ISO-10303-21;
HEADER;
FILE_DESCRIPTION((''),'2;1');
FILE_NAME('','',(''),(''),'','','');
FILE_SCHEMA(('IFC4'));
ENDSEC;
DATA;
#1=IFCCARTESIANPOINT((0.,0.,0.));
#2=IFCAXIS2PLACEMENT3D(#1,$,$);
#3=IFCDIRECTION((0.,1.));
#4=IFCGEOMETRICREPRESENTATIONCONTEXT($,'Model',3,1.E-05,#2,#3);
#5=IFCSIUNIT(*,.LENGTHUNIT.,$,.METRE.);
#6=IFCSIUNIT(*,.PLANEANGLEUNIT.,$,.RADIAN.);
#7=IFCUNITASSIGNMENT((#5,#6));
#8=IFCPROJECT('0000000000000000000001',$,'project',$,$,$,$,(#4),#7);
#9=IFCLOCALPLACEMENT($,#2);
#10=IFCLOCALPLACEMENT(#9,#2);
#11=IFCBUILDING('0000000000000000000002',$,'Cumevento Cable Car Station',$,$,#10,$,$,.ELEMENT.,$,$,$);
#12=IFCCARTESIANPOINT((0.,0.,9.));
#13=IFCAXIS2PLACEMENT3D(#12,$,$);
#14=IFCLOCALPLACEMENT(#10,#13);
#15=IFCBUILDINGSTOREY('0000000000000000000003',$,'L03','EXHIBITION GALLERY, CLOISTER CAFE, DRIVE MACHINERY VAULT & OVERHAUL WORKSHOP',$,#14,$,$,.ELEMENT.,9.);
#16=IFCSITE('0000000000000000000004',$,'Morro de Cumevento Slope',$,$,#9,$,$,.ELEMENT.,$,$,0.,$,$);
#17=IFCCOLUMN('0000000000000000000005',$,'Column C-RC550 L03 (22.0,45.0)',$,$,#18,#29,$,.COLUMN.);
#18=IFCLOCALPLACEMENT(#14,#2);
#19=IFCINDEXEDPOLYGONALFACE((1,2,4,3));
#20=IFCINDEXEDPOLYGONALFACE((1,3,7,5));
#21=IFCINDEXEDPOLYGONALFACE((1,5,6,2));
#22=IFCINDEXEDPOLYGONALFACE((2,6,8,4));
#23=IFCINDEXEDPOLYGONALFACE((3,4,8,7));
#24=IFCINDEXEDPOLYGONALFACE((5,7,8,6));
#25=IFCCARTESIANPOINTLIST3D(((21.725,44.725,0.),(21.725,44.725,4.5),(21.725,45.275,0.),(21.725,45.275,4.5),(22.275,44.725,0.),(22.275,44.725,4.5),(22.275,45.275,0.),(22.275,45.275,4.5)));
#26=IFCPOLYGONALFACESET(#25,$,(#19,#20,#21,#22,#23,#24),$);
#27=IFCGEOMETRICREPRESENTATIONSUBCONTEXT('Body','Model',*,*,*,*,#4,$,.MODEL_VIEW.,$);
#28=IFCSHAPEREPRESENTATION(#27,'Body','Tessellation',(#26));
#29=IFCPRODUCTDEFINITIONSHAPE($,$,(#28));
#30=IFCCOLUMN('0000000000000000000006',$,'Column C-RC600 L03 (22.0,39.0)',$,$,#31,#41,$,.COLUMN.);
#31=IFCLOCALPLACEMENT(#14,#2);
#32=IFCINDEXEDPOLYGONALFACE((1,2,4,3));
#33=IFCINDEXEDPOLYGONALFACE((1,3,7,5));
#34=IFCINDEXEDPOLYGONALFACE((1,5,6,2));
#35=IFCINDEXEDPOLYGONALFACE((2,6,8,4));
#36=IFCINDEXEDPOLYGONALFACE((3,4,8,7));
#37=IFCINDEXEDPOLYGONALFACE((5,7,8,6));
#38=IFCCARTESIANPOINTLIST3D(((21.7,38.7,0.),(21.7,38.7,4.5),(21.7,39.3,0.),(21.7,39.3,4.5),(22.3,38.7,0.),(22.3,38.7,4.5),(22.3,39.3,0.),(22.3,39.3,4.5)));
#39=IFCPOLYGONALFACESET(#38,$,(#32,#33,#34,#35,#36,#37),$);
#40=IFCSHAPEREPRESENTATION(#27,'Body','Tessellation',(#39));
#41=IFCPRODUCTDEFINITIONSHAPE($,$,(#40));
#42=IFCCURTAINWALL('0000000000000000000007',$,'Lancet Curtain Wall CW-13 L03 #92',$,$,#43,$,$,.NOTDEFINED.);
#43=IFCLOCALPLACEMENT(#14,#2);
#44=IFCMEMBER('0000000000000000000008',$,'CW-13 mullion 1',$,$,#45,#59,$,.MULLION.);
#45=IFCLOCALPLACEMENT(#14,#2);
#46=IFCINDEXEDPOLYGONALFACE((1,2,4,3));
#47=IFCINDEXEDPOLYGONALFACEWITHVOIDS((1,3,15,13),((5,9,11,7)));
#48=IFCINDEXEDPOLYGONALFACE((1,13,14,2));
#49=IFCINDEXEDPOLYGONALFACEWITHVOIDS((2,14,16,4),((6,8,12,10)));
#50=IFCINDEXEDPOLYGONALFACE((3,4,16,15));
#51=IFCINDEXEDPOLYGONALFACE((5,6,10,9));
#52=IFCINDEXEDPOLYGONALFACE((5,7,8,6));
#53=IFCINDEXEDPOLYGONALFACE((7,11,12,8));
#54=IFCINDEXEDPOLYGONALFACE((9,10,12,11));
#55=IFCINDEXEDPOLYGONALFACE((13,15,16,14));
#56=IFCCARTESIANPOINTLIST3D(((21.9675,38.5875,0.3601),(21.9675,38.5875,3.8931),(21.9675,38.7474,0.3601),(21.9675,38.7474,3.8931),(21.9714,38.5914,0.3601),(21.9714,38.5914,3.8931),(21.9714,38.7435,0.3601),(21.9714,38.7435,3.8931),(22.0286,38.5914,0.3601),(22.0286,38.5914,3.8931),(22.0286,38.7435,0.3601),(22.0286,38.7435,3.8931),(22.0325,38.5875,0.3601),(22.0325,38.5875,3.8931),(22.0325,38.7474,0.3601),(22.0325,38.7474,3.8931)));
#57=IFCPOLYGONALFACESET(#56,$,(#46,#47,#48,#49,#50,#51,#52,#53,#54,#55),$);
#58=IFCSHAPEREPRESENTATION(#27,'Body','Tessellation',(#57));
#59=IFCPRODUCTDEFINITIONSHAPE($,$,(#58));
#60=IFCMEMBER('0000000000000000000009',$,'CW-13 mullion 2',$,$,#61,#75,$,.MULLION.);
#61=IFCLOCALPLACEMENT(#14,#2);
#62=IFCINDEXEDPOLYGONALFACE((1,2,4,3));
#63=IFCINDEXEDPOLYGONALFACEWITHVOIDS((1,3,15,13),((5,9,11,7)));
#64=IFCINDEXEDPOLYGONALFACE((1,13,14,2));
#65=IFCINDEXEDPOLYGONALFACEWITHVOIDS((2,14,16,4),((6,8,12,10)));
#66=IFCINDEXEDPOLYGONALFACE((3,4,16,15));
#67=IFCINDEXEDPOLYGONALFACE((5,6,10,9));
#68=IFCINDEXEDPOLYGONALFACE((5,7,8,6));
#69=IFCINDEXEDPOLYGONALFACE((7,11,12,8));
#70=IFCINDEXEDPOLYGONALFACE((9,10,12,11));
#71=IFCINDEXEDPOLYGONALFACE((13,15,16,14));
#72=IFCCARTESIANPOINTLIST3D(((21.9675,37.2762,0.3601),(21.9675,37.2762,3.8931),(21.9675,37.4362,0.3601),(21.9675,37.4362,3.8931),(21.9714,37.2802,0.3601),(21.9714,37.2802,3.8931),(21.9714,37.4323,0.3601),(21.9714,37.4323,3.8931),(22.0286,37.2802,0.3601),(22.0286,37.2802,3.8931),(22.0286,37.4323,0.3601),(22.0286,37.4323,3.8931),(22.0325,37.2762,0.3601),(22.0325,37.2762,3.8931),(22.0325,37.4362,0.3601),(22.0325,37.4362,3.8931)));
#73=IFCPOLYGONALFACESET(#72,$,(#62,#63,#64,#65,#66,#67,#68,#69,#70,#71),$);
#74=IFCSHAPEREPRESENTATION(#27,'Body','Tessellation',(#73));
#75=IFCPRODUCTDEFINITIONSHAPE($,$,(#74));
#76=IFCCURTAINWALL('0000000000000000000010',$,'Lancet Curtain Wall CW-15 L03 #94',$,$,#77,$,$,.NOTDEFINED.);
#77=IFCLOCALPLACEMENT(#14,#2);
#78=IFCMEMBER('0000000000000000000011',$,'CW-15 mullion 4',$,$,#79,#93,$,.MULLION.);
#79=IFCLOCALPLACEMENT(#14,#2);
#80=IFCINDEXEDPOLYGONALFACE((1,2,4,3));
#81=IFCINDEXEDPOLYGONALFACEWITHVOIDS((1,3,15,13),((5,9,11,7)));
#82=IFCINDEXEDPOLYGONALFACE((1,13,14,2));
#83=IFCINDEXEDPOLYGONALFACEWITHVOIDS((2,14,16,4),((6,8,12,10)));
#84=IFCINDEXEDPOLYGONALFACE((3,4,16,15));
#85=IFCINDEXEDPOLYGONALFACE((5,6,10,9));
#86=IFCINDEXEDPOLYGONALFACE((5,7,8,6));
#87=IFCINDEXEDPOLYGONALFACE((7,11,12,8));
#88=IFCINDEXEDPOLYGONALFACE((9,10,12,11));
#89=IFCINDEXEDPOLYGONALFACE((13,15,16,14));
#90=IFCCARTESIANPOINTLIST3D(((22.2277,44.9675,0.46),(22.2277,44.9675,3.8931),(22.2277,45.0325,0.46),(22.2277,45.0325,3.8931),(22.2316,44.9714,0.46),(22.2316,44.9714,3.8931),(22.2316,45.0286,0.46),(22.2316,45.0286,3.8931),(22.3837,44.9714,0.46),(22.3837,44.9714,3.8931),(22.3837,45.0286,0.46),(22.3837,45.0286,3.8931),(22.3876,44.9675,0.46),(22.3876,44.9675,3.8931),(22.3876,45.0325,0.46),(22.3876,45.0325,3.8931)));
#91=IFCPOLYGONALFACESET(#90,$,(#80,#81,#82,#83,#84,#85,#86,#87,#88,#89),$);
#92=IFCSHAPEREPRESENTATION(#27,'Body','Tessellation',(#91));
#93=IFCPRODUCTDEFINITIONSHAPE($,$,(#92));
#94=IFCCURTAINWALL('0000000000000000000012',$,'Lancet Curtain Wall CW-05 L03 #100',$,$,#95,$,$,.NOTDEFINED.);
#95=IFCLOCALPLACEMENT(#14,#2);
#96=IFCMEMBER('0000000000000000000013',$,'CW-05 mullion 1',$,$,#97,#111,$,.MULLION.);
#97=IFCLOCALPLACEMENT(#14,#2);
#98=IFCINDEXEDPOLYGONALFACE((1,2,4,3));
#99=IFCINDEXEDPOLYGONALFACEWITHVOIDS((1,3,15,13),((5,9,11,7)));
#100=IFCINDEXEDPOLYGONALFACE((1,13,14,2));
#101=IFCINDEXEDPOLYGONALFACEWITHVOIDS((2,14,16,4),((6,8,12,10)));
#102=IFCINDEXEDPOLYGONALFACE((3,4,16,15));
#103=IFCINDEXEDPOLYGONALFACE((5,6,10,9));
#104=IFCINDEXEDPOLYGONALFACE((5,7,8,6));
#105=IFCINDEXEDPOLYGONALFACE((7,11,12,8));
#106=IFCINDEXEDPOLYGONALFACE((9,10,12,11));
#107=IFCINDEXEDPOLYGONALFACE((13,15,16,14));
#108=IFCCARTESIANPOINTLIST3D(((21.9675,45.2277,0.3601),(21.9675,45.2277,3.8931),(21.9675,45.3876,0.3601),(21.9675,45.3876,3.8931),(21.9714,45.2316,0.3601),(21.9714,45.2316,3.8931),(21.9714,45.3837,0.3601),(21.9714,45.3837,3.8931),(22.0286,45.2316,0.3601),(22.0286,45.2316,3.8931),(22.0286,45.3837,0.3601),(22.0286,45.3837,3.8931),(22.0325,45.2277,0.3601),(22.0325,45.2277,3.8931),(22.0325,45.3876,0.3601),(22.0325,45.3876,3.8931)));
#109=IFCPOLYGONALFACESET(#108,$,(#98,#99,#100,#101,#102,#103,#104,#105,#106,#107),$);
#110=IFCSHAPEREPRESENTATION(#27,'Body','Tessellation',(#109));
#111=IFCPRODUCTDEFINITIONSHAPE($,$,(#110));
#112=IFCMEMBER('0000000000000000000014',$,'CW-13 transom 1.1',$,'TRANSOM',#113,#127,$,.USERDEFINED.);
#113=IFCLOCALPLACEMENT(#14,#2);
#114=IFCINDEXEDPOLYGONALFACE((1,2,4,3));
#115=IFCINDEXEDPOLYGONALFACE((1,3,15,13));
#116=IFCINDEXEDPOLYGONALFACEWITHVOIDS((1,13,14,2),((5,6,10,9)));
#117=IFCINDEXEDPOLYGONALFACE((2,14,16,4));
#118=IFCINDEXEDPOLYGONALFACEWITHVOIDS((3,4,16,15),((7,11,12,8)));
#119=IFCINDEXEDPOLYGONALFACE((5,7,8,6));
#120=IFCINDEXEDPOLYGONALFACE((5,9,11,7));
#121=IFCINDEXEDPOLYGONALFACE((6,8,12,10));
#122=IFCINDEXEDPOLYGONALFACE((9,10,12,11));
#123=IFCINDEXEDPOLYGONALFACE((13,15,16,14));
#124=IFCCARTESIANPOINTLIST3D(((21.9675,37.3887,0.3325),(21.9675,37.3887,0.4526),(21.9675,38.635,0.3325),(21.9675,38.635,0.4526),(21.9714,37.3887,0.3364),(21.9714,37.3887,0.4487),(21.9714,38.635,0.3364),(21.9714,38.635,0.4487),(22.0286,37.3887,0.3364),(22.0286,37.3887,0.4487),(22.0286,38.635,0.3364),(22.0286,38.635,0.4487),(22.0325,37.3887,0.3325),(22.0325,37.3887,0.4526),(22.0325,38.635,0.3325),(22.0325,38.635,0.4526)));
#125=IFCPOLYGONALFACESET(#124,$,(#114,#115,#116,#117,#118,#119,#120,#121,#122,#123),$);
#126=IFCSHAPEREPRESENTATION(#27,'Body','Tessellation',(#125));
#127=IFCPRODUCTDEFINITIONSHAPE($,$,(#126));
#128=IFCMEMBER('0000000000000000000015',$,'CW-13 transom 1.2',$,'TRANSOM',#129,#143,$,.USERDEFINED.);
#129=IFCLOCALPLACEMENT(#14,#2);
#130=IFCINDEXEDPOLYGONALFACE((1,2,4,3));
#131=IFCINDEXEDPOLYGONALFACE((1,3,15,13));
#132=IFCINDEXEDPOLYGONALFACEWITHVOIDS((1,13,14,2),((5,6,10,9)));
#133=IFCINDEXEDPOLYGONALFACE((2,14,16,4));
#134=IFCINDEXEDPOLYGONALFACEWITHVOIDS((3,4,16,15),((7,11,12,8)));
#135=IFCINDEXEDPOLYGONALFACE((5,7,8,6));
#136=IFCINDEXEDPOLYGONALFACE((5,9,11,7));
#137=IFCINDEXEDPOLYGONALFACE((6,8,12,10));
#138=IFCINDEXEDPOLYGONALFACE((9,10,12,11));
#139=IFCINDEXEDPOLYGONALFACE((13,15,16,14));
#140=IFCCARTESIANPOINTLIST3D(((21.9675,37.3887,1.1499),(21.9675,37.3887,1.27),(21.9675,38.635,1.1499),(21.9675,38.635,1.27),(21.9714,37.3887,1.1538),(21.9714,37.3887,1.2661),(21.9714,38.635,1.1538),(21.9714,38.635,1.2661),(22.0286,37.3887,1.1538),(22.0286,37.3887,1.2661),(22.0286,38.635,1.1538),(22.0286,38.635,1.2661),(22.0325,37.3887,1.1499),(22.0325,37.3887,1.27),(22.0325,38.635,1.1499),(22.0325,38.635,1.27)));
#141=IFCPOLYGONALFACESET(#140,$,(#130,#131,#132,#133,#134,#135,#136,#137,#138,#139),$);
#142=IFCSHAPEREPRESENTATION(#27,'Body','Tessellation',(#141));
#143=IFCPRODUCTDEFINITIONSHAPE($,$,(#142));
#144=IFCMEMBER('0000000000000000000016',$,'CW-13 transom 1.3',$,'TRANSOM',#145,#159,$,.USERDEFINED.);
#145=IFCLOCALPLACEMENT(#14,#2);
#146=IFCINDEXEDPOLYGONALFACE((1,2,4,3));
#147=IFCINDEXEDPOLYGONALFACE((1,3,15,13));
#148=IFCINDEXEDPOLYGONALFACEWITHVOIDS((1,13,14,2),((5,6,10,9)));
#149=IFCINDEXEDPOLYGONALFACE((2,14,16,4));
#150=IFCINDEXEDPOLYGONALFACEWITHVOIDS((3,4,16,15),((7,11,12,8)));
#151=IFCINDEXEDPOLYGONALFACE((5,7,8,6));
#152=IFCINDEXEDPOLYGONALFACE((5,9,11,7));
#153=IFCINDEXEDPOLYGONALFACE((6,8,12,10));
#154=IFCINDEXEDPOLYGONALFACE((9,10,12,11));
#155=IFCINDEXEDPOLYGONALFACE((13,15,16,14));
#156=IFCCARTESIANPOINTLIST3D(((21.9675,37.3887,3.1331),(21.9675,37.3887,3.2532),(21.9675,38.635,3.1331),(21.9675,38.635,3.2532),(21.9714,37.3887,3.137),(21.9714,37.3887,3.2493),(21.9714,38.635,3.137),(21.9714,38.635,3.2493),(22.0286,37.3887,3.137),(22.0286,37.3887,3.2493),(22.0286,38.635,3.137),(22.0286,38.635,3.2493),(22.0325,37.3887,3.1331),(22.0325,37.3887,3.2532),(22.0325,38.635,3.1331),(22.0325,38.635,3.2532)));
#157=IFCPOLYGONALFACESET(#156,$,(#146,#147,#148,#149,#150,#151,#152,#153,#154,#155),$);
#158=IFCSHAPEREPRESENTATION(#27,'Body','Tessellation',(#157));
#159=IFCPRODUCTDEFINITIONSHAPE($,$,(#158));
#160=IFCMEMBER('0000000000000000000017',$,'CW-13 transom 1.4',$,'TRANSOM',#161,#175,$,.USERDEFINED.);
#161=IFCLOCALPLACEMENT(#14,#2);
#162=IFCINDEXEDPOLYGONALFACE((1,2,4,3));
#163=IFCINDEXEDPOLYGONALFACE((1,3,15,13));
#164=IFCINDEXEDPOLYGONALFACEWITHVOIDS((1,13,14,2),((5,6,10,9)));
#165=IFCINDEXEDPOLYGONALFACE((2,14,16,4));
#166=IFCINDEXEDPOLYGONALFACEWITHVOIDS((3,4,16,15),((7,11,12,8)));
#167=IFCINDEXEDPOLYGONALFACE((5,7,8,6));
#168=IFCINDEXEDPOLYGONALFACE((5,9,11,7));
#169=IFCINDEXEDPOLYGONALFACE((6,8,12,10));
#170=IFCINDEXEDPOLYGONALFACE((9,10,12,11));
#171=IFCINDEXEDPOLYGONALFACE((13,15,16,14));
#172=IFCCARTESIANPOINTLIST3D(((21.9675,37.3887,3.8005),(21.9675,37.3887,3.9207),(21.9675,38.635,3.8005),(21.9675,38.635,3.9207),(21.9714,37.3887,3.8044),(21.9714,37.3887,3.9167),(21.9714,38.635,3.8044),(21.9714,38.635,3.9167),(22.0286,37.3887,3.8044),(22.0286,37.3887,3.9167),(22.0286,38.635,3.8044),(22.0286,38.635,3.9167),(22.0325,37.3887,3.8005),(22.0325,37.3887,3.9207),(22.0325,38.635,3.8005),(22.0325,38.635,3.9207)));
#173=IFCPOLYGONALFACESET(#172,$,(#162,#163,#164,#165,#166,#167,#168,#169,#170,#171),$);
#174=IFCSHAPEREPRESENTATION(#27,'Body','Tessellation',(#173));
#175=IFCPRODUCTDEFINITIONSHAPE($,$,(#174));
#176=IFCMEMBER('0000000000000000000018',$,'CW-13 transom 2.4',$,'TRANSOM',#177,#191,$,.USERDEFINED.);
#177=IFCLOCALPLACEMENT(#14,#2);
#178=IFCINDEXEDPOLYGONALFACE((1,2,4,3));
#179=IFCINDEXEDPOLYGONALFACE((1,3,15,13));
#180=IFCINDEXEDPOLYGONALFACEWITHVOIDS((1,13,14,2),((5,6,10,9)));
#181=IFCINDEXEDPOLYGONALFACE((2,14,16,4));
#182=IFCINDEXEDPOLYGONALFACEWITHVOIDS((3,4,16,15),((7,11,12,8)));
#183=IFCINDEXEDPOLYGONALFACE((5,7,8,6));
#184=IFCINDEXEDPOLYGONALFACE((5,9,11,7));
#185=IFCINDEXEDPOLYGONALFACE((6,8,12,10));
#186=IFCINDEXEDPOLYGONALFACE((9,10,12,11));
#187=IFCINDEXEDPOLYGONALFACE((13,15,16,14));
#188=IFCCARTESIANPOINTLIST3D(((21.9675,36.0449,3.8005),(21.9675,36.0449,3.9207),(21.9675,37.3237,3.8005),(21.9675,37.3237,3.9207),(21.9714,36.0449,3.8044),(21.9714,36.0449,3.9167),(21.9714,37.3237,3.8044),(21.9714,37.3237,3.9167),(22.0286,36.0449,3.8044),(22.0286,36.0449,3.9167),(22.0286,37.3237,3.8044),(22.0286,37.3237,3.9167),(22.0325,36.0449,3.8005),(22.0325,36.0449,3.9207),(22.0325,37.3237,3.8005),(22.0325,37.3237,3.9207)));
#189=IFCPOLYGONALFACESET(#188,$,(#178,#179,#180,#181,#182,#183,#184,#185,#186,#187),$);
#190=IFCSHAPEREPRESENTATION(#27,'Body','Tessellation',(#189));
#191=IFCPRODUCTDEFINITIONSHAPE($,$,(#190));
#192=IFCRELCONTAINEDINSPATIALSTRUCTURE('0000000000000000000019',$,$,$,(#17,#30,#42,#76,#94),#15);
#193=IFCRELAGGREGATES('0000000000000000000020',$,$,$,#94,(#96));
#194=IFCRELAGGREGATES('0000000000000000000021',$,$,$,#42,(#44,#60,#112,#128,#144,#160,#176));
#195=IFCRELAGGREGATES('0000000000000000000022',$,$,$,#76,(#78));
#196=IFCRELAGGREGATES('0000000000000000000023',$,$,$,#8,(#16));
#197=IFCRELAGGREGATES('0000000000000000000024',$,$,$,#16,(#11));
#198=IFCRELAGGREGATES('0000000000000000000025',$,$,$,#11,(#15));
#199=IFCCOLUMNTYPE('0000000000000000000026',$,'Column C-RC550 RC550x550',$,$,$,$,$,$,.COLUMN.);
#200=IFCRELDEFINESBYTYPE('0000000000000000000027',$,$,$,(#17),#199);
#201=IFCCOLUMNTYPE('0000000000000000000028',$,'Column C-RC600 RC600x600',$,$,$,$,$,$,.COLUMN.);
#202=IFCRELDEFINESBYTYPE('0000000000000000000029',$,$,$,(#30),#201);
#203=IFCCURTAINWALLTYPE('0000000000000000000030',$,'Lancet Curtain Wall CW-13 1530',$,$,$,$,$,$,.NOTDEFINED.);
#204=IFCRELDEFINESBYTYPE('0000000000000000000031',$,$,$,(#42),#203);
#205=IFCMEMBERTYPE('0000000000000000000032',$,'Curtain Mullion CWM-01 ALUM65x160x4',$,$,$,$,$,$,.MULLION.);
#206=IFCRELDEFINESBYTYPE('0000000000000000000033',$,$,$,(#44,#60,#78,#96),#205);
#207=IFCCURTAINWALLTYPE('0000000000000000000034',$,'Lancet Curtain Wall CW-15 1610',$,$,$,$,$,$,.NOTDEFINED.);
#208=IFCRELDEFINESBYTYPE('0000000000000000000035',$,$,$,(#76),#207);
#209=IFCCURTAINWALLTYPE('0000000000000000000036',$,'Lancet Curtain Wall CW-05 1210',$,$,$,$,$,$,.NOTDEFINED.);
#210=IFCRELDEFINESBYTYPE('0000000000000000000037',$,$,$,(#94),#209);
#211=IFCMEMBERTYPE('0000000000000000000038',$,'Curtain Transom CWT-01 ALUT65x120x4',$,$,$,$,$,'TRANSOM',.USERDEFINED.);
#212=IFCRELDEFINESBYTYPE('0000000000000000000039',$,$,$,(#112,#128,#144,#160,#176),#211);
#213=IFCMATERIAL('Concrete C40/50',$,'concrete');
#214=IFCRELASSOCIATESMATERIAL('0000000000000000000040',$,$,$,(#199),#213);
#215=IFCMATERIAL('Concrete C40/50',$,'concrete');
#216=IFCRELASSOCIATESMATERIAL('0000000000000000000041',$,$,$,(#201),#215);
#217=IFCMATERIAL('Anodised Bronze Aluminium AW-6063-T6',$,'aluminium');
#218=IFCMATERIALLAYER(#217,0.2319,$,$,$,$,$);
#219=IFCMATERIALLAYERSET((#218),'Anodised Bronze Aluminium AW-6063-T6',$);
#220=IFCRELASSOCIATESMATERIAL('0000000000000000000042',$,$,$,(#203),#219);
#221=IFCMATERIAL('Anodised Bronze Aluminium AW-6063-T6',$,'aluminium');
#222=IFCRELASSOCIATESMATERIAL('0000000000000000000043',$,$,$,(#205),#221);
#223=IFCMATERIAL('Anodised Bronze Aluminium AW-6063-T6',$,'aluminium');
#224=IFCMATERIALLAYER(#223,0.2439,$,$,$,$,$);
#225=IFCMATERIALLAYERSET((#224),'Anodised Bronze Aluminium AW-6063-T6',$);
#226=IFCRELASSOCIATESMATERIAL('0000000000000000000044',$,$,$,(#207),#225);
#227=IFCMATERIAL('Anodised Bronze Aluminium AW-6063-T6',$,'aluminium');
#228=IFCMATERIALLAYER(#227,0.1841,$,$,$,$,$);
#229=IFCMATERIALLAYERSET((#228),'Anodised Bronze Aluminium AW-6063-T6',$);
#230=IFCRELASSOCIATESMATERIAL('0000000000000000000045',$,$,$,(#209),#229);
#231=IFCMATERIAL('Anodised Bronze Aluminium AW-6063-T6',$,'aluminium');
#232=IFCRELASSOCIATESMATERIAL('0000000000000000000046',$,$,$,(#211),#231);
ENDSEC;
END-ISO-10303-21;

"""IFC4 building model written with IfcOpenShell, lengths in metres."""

from ifc_helpers import new_model, si_unit, direction, frame, origin, origin_2d, place, context, subcontext, project, spatial, rectangle, hollow_rectangle, extrude, material, layer, layer_set, material_profile, profile_set, type_object, element, aggregate, save


model = new_model("IFC4")

# Units and contexts
model_context = context("Model", 3, precision=1e-05, world=origin(), true_north=direction((0.0, 1.0)))
body_context = subcontext(model_context, "Body", "Model", "MODEL_VIEW")
ifc_project = project(units=[si_unit("LENGTHUNIT", "METRE"), si_unit("PLANEANGLEUNIT", "RADIAN")], contexts=[model_context])

# Site, building, storey
site_placement = place(None, origin())
site = spatial("IfcSite", under=ifc_project, at=site_placement, Name="Morro de Cumevento Slope", CompositionType="ELEMENT", RefElevation=0.0)
building_placement = place(site_placement, origin())
building = spatial("IfcBuilding", under=site, at=building_placement, Name="Cumevento Cable Car Station", CompositionType="ELEMENT")
storey_placement = place(building_placement, frame((0.0, 0.0, 9.0)))
storey = spatial("IfcBuildingStorey", under=building, at=storey_placement, Name="L03", Description="EXHIBITION GALLERY, CLOISTER CAFE, DRIVE MACHINERY VAULT & OVERHAUL WORKSHOP", CompositionType="ELEMENT", Elevation=9.0)

# Columns
ifc_material_1 = material(Name="Concrete C40/50", Category="concrete")
ifc_material_profile_1 = material_profile(ifc_material_1, rectangle(XDim=0.55, YDim=0.55, at=origin_2d()), Name="RC550x550")
ifc_profile_set_1 = profile_set([ifc_material_profile_1], Name="Concrete C40/50")
column_type_1 = type_object("IfcColumnType", Name="Column C-RC550 RC550x550", PredefinedType="COLUMN", material=ifc_profile_set_1)
column_1_placement = place(storey_placement, frame((22.0, 45.0, 0.0), z_axis=(0.0, 0.0, 1.0), x_axis=(1.0, 0.0, 0.0)))
element("IfcColumn", 1, at=column_1_placement, inside=storey, type_object=column_type_1, Name="Column C-RC550 L03 (22.0,45.0)", PredefinedType="COLUMN", context=body_context, shape_type="SweptSolid", body=[
    extrude(rectangle(XDim=0.55, YDim=0.55, at=origin_2d()), origin(), (0.0, 0.0, 1.0), 4.5),
])
ifc_material_2 = material(Name="Concrete C40/50", Category="concrete")
ifc_material_profile_2 = material_profile(ifc_material_2, rectangle(XDim=0.6001, YDim=0.6001, at=origin_2d()), Name="RC600x600")
ifc_profile_set_2 = profile_set([ifc_material_profile_2], Name="Concrete C40/50")
column_type_2 = type_object("IfcColumnType", Name="Column C-RC600 RC600x600", PredefinedType="COLUMN", material=ifc_profile_set_2)
column_2_placement = place(storey_placement, frame((22.0, 39.0, 0.0), z_axis=(0.0, 0.0, 1.0), x_axis=(1.0, 0.0, 0.0)))
element("IfcColumn", 2, at=column_2_placement, inside=storey, type_object=column_type_2, Name="Column C-RC600 L03 (22.0,39.0)", PredefinedType="COLUMN", context=body_context, shape_type="SweptSolid", body=[
    extrude(rectangle(XDim=0.6001, YDim=0.6001, at=origin_2d()), origin(), (0.0, 0.0, 1.0), 4.5),
])

# Curtain wall, members
ifc_material_3 = material(Name="Anodised Bronze Aluminium AW-6063-T6", Category="aluminium")
ifc_layer_1 = layer(ifc_material_3, 0.2319)
ifc_layer_set_1 = layer_set([ifc_layer_1], Name="Anodised Bronze Aluminium AW-6063-T6")
curtain_wall_type_1 = type_object("IfcCurtainWallType", Name="Lancet Curtain Wall CW-13 1530", PredefinedType="NOTDEFINED", material=ifc_layer_set_1)
curtain_wall_1_placement = place(storey_placement, origin())
curtain_wall_1 = element("IfcCurtainWall", 3, at=curtain_wall_1_placement, inside=storey, type_object=curtain_wall_type_1, Name="Lancet Curtain Wall CW-13 L03 #92", PredefinedType="NOTDEFINED")
ifc_material_4 = material(Name="Anodised Bronze Aluminium AW-6063-T6", Category="aluminium")
ifc_material_profile_3 = material_profile(ifc_material_4, hollow_rectangle(XDim=0.0649, YDim=0.1599, WallThickness=0.0039, at=origin_2d()), Name="ALUM65x160x4")
ifc_profile_set_3 = profile_set([ifc_material_profile_3], Name="Anodised Bronze Aluminium AW-6063-T6")
member_type_1 = type_object("IfcMemberType", Name="Curtain Mullion CWM-01 ALUM65x160x4", PredefinedType="MULLION", material=ifc_profile_set_3)
member_1_placement = place(storey_placement, frame((22.0, 38.6675, 0.3601), z_axis=(0.0, 0.0, 1.0), x_axis=(1.0, 0.0, 0.0)))
member_1 = element("IfcMember", 4, at=member_1_placement, type_object=member_type_1, Name="CW-13 mullion 1", PredefinedType="MULLION", context=body_context, shape_type="SweptSolid", body=[
    extrude(hollow_rectangle(XDim=0.0649, YDim=0.1599, WallThickness=0.0039, at=origin_2d()), origin(), (0.0, 0.0, 1.0), 3.533),
])
member_2_placement = place(storey_placement, frame((22.0, 37.3562, 0.3601), z_axis=(0.0, 0.0, 1.0), x_axis=(1.0, 0.0, 0.0)))
member_2 = element("IfcMember", 5, at=member_2_placement, type_object=member_type_1, Name="CW-13 mullion 2", PredefinedType="MULLION", context=body_context, shape_type="SweptSolid", body=[
    extrude(hollow_rectangle(XDim=0.0649, YDim=0.1599, WallThickness=0.0039, at=origin_2d()), origin(), (0.0, 0.0, 1.0), 3.533),
])

# Curtain walls, members
ifc_material_5 = material(Name="Anodised Bronze Aluminium AW-6063-T6", Category="aluminium")
ifc_layer_2 = layer(ifc_material_5, 0.2439)
ifc_layer_set_2 = layer_set([ifc_layer_2], Name="Anodised Bronze Aluminium AW-6063-T6")
curtain_wall_type_2 = type_object("IfcCurtainWallType", Name="Lancet Curtain Wall CW-15 1610", PredefinedType="NOTDEFINED", material=ifc_layer_set_2)
curtain_wall_2_placement = place(storey_placement, origin())
curtain_wall_2 = element("IfcCurtainWall", 6, at=curtain_wall_2_placement, inside=storey, type_object=curtain_wall_type_2, Name="Lancet Curtain Wall CW-15 L03 #94", PredefinedType="NOTDEFINED")
member_3_placement = place(storey_placement, frame((22.3076, 45.0, 0.46), z_axis=(0.0, 0.0, 1.0), x_axis=(0.0, -1.0, 0.0)))
member_3 = element("IfcMember", 7, at=member_3_placement, type_object=member_type_1, Name="CW-15 mullion 4", PredefinedType="MULLION", context=body_context, shape_type="SweptSolid", body=[
    extrude(hollow_rectangle(XDim=0.0649, YDim=0.1599, WallThickness=0.0039, at=origin_2d()), origin(), (0.0, 0.0, 1.0), 3.4331),
])
ifc_material_6 = material(Name="Anodised Bronze Aluminium AW-6063-T6", Category="aluminium")
ifc_layer_3 = layer(ifc_material_6, 0.1841)
ifc_layer_set_3 = layer_set([ifc_layer_3], Name="Anodised Bronze Aluminium AW-6063-T6")
curtain_wall_type_3 = type_object("IfcCurtainWallType", Name="Lancet Curtain Wall CW-05 1210", PredefinedType="NOTDEFINED", material=ifc_layer_set_3)
curtain_wall_3_placement = place(storey_placement, origin())
curtain_wall_3 = element("IfcCurtainWall", 8, at=curtain_wall_3_placement, inside=storey, type_object=curtain_wall_type_3, Name="Lancet Curtain Wall CW-05 L03 #100", PredefinedType="NOTDEFINED")
member_4_placement = place(storey_placement, frame((22.0, 45.3076, 0.3601), z_axis=(0.0, 0.0, 1.0), x_axis=(-1.0, 0.0, 0.0)))
member_4 = element("IfcMember", 9, at=member_4_placement, type_object=member_type_1, Name="CW-05 mullion 1", PredefinedType="MULLION", context=body_context, shape_type="SweptSolid", body=[
    extrude(hollow_rectangle(XDim=0.0649, YDim=0.1599, WallThickness=0.0039, at=origin_2d()), origin(), (0.0, 0.0, 1.0), 3.533),
])

# Members
ifc_material_7 = material(Name="Anodised Bronze Aluminium AW-6063-T6", Category="aluminium")
ifc_material_profile_4 = material_profile(ifc_material_7, hollow_rectangle(XDim=0.0649, YDim=0.1201, WallThickness=0.0039, at=origin_2d()), Name="ALUT65x120x4")
ifc_profile_set_4 = profile_set([ifc_material_profile_4], Name="Anodised Bronze Aluminium AW-6063-T6")
member_type_2 = type_object("IfcMemberType", Name="Curtain Transom CWT-01 ALUT65x120x4", ElementType="TRANSOM", PredefinedType="USERDEFINED", material=ifc_profile_set_4)
member_5_placement = place(storey_placement, frame((22.0, 38.635, 0.3926), z_axis=(0.0, -1.0, 0.0), x_axis=(1.0, 0.0, 0.0)))
member_5 = element("IfcMember", 10, at=member_5_placement, type_object=member_type_2, Name="CW-13 transom 1.1", ObjectType="TRANSOM", PredefinedType="USERDEFINED", context=body_context, shape_type="SweptSolid", body=[
    extrude(hollow_rectangle(XDim=0.0649, YDim=0.1201, WallThickness=0.0039, at=origin_2d()), origin(), (0.0, 0.0, 1.0), 1.2463),
])
member_6_placement = place(storey_placement, frame((22.0, 38.635, 1.21), z_axis=(0.0, -1.0, 0.0), x_axis=(1.0, 0.0, 0.0)))
member_6 = element("IfcMember", 11, at=member_6_placement, type_object=member_type_2, Name="CW-13 transom 1.2", ObjectType="TRANSOM", PredefinedType="USERDEFINED", context=body_context, shape_type="SweptSolid", body=[
    extrude(hollow_rectangle(XDim=0.0649, YDim=0.1201, WallThickness=0.0039, at=origin_2d()), origin(), (0.0, 0.0, 1.0), 1.2463),
])
member_7_placement = place(storey_placement, frame((22.0, 38.635, 3.1931), z_axis=(0.0, -1.0, 0.0), x_axis=(1.0, 0.0, 0.0)))
member_7 = element("IfcMember", 12, at=member_7_placement, type_object=member_type_2, Name="CW-13 transom 1.3", ObjectType="TRANSOM", PredefinedType="USERDEFINED", context=body_context, shape_type="SweptSolid", body=[
    extrude(hollow_rectangle(XDim=0.0649, YDim=0.1201, WallThickness=0.0039, at=origin_2d()), origin(), (0.0, 0.0, 1.0), 1.2463),
])
member_8_placement = place(storey_placement, frame((22.0, 38.635, 3.8606), z_axis=(0.0, -1.0, 0.0), x_axis=(1.0, 0.0, 0.0)))
member_8 = element("IfcMember", 13, at=member_8_placement, type_object=member_type_2, Name="CW-13 transom 1.4", ObjectType="TRANSOM", PredefinedType="USERDEFINED", context=body_context, shape_type="SweptSolid", body=[
    extrude(hollow_rectangle(XDim=0.0649, YDim=0.1201, WallThickness=0.0039, at=origin_2d()), origin(), (0.0, 0.0, 1.0), 1.2463),
])
member_9_placement = place(storey_placement, frame((22.0, 37.3237, 3.8606), z_axis=(0.0, -1.0, 0.0), x_axis=(1.0, 0.0, 0.0)))
member_9 = element("IfcMember", 14, at=member_9_placement, type_object=member_type_2, Name="CW-13 transom 2.4", ObjectType="TRANSOM", PredefinedType="USERDEFINED", context=body_context, shape_type="SweptSolid", body=[
    extrude(hollow_rectangle(XDim=0.0649, YDim=0.1201, WallThickness=0.0039, at=origin_2d()), origin(), (0.0, 0.0, 1.0), 1.2788),
])
aggregate(curtain_wall_3, [member_4])

aggregate(curtain_wall_1, [member_1, member_2, member_5, member_6, member_7, member_8, member_9])
aggregate(curtain_wall_2, [member_3])

save(model, "model.ifc")
